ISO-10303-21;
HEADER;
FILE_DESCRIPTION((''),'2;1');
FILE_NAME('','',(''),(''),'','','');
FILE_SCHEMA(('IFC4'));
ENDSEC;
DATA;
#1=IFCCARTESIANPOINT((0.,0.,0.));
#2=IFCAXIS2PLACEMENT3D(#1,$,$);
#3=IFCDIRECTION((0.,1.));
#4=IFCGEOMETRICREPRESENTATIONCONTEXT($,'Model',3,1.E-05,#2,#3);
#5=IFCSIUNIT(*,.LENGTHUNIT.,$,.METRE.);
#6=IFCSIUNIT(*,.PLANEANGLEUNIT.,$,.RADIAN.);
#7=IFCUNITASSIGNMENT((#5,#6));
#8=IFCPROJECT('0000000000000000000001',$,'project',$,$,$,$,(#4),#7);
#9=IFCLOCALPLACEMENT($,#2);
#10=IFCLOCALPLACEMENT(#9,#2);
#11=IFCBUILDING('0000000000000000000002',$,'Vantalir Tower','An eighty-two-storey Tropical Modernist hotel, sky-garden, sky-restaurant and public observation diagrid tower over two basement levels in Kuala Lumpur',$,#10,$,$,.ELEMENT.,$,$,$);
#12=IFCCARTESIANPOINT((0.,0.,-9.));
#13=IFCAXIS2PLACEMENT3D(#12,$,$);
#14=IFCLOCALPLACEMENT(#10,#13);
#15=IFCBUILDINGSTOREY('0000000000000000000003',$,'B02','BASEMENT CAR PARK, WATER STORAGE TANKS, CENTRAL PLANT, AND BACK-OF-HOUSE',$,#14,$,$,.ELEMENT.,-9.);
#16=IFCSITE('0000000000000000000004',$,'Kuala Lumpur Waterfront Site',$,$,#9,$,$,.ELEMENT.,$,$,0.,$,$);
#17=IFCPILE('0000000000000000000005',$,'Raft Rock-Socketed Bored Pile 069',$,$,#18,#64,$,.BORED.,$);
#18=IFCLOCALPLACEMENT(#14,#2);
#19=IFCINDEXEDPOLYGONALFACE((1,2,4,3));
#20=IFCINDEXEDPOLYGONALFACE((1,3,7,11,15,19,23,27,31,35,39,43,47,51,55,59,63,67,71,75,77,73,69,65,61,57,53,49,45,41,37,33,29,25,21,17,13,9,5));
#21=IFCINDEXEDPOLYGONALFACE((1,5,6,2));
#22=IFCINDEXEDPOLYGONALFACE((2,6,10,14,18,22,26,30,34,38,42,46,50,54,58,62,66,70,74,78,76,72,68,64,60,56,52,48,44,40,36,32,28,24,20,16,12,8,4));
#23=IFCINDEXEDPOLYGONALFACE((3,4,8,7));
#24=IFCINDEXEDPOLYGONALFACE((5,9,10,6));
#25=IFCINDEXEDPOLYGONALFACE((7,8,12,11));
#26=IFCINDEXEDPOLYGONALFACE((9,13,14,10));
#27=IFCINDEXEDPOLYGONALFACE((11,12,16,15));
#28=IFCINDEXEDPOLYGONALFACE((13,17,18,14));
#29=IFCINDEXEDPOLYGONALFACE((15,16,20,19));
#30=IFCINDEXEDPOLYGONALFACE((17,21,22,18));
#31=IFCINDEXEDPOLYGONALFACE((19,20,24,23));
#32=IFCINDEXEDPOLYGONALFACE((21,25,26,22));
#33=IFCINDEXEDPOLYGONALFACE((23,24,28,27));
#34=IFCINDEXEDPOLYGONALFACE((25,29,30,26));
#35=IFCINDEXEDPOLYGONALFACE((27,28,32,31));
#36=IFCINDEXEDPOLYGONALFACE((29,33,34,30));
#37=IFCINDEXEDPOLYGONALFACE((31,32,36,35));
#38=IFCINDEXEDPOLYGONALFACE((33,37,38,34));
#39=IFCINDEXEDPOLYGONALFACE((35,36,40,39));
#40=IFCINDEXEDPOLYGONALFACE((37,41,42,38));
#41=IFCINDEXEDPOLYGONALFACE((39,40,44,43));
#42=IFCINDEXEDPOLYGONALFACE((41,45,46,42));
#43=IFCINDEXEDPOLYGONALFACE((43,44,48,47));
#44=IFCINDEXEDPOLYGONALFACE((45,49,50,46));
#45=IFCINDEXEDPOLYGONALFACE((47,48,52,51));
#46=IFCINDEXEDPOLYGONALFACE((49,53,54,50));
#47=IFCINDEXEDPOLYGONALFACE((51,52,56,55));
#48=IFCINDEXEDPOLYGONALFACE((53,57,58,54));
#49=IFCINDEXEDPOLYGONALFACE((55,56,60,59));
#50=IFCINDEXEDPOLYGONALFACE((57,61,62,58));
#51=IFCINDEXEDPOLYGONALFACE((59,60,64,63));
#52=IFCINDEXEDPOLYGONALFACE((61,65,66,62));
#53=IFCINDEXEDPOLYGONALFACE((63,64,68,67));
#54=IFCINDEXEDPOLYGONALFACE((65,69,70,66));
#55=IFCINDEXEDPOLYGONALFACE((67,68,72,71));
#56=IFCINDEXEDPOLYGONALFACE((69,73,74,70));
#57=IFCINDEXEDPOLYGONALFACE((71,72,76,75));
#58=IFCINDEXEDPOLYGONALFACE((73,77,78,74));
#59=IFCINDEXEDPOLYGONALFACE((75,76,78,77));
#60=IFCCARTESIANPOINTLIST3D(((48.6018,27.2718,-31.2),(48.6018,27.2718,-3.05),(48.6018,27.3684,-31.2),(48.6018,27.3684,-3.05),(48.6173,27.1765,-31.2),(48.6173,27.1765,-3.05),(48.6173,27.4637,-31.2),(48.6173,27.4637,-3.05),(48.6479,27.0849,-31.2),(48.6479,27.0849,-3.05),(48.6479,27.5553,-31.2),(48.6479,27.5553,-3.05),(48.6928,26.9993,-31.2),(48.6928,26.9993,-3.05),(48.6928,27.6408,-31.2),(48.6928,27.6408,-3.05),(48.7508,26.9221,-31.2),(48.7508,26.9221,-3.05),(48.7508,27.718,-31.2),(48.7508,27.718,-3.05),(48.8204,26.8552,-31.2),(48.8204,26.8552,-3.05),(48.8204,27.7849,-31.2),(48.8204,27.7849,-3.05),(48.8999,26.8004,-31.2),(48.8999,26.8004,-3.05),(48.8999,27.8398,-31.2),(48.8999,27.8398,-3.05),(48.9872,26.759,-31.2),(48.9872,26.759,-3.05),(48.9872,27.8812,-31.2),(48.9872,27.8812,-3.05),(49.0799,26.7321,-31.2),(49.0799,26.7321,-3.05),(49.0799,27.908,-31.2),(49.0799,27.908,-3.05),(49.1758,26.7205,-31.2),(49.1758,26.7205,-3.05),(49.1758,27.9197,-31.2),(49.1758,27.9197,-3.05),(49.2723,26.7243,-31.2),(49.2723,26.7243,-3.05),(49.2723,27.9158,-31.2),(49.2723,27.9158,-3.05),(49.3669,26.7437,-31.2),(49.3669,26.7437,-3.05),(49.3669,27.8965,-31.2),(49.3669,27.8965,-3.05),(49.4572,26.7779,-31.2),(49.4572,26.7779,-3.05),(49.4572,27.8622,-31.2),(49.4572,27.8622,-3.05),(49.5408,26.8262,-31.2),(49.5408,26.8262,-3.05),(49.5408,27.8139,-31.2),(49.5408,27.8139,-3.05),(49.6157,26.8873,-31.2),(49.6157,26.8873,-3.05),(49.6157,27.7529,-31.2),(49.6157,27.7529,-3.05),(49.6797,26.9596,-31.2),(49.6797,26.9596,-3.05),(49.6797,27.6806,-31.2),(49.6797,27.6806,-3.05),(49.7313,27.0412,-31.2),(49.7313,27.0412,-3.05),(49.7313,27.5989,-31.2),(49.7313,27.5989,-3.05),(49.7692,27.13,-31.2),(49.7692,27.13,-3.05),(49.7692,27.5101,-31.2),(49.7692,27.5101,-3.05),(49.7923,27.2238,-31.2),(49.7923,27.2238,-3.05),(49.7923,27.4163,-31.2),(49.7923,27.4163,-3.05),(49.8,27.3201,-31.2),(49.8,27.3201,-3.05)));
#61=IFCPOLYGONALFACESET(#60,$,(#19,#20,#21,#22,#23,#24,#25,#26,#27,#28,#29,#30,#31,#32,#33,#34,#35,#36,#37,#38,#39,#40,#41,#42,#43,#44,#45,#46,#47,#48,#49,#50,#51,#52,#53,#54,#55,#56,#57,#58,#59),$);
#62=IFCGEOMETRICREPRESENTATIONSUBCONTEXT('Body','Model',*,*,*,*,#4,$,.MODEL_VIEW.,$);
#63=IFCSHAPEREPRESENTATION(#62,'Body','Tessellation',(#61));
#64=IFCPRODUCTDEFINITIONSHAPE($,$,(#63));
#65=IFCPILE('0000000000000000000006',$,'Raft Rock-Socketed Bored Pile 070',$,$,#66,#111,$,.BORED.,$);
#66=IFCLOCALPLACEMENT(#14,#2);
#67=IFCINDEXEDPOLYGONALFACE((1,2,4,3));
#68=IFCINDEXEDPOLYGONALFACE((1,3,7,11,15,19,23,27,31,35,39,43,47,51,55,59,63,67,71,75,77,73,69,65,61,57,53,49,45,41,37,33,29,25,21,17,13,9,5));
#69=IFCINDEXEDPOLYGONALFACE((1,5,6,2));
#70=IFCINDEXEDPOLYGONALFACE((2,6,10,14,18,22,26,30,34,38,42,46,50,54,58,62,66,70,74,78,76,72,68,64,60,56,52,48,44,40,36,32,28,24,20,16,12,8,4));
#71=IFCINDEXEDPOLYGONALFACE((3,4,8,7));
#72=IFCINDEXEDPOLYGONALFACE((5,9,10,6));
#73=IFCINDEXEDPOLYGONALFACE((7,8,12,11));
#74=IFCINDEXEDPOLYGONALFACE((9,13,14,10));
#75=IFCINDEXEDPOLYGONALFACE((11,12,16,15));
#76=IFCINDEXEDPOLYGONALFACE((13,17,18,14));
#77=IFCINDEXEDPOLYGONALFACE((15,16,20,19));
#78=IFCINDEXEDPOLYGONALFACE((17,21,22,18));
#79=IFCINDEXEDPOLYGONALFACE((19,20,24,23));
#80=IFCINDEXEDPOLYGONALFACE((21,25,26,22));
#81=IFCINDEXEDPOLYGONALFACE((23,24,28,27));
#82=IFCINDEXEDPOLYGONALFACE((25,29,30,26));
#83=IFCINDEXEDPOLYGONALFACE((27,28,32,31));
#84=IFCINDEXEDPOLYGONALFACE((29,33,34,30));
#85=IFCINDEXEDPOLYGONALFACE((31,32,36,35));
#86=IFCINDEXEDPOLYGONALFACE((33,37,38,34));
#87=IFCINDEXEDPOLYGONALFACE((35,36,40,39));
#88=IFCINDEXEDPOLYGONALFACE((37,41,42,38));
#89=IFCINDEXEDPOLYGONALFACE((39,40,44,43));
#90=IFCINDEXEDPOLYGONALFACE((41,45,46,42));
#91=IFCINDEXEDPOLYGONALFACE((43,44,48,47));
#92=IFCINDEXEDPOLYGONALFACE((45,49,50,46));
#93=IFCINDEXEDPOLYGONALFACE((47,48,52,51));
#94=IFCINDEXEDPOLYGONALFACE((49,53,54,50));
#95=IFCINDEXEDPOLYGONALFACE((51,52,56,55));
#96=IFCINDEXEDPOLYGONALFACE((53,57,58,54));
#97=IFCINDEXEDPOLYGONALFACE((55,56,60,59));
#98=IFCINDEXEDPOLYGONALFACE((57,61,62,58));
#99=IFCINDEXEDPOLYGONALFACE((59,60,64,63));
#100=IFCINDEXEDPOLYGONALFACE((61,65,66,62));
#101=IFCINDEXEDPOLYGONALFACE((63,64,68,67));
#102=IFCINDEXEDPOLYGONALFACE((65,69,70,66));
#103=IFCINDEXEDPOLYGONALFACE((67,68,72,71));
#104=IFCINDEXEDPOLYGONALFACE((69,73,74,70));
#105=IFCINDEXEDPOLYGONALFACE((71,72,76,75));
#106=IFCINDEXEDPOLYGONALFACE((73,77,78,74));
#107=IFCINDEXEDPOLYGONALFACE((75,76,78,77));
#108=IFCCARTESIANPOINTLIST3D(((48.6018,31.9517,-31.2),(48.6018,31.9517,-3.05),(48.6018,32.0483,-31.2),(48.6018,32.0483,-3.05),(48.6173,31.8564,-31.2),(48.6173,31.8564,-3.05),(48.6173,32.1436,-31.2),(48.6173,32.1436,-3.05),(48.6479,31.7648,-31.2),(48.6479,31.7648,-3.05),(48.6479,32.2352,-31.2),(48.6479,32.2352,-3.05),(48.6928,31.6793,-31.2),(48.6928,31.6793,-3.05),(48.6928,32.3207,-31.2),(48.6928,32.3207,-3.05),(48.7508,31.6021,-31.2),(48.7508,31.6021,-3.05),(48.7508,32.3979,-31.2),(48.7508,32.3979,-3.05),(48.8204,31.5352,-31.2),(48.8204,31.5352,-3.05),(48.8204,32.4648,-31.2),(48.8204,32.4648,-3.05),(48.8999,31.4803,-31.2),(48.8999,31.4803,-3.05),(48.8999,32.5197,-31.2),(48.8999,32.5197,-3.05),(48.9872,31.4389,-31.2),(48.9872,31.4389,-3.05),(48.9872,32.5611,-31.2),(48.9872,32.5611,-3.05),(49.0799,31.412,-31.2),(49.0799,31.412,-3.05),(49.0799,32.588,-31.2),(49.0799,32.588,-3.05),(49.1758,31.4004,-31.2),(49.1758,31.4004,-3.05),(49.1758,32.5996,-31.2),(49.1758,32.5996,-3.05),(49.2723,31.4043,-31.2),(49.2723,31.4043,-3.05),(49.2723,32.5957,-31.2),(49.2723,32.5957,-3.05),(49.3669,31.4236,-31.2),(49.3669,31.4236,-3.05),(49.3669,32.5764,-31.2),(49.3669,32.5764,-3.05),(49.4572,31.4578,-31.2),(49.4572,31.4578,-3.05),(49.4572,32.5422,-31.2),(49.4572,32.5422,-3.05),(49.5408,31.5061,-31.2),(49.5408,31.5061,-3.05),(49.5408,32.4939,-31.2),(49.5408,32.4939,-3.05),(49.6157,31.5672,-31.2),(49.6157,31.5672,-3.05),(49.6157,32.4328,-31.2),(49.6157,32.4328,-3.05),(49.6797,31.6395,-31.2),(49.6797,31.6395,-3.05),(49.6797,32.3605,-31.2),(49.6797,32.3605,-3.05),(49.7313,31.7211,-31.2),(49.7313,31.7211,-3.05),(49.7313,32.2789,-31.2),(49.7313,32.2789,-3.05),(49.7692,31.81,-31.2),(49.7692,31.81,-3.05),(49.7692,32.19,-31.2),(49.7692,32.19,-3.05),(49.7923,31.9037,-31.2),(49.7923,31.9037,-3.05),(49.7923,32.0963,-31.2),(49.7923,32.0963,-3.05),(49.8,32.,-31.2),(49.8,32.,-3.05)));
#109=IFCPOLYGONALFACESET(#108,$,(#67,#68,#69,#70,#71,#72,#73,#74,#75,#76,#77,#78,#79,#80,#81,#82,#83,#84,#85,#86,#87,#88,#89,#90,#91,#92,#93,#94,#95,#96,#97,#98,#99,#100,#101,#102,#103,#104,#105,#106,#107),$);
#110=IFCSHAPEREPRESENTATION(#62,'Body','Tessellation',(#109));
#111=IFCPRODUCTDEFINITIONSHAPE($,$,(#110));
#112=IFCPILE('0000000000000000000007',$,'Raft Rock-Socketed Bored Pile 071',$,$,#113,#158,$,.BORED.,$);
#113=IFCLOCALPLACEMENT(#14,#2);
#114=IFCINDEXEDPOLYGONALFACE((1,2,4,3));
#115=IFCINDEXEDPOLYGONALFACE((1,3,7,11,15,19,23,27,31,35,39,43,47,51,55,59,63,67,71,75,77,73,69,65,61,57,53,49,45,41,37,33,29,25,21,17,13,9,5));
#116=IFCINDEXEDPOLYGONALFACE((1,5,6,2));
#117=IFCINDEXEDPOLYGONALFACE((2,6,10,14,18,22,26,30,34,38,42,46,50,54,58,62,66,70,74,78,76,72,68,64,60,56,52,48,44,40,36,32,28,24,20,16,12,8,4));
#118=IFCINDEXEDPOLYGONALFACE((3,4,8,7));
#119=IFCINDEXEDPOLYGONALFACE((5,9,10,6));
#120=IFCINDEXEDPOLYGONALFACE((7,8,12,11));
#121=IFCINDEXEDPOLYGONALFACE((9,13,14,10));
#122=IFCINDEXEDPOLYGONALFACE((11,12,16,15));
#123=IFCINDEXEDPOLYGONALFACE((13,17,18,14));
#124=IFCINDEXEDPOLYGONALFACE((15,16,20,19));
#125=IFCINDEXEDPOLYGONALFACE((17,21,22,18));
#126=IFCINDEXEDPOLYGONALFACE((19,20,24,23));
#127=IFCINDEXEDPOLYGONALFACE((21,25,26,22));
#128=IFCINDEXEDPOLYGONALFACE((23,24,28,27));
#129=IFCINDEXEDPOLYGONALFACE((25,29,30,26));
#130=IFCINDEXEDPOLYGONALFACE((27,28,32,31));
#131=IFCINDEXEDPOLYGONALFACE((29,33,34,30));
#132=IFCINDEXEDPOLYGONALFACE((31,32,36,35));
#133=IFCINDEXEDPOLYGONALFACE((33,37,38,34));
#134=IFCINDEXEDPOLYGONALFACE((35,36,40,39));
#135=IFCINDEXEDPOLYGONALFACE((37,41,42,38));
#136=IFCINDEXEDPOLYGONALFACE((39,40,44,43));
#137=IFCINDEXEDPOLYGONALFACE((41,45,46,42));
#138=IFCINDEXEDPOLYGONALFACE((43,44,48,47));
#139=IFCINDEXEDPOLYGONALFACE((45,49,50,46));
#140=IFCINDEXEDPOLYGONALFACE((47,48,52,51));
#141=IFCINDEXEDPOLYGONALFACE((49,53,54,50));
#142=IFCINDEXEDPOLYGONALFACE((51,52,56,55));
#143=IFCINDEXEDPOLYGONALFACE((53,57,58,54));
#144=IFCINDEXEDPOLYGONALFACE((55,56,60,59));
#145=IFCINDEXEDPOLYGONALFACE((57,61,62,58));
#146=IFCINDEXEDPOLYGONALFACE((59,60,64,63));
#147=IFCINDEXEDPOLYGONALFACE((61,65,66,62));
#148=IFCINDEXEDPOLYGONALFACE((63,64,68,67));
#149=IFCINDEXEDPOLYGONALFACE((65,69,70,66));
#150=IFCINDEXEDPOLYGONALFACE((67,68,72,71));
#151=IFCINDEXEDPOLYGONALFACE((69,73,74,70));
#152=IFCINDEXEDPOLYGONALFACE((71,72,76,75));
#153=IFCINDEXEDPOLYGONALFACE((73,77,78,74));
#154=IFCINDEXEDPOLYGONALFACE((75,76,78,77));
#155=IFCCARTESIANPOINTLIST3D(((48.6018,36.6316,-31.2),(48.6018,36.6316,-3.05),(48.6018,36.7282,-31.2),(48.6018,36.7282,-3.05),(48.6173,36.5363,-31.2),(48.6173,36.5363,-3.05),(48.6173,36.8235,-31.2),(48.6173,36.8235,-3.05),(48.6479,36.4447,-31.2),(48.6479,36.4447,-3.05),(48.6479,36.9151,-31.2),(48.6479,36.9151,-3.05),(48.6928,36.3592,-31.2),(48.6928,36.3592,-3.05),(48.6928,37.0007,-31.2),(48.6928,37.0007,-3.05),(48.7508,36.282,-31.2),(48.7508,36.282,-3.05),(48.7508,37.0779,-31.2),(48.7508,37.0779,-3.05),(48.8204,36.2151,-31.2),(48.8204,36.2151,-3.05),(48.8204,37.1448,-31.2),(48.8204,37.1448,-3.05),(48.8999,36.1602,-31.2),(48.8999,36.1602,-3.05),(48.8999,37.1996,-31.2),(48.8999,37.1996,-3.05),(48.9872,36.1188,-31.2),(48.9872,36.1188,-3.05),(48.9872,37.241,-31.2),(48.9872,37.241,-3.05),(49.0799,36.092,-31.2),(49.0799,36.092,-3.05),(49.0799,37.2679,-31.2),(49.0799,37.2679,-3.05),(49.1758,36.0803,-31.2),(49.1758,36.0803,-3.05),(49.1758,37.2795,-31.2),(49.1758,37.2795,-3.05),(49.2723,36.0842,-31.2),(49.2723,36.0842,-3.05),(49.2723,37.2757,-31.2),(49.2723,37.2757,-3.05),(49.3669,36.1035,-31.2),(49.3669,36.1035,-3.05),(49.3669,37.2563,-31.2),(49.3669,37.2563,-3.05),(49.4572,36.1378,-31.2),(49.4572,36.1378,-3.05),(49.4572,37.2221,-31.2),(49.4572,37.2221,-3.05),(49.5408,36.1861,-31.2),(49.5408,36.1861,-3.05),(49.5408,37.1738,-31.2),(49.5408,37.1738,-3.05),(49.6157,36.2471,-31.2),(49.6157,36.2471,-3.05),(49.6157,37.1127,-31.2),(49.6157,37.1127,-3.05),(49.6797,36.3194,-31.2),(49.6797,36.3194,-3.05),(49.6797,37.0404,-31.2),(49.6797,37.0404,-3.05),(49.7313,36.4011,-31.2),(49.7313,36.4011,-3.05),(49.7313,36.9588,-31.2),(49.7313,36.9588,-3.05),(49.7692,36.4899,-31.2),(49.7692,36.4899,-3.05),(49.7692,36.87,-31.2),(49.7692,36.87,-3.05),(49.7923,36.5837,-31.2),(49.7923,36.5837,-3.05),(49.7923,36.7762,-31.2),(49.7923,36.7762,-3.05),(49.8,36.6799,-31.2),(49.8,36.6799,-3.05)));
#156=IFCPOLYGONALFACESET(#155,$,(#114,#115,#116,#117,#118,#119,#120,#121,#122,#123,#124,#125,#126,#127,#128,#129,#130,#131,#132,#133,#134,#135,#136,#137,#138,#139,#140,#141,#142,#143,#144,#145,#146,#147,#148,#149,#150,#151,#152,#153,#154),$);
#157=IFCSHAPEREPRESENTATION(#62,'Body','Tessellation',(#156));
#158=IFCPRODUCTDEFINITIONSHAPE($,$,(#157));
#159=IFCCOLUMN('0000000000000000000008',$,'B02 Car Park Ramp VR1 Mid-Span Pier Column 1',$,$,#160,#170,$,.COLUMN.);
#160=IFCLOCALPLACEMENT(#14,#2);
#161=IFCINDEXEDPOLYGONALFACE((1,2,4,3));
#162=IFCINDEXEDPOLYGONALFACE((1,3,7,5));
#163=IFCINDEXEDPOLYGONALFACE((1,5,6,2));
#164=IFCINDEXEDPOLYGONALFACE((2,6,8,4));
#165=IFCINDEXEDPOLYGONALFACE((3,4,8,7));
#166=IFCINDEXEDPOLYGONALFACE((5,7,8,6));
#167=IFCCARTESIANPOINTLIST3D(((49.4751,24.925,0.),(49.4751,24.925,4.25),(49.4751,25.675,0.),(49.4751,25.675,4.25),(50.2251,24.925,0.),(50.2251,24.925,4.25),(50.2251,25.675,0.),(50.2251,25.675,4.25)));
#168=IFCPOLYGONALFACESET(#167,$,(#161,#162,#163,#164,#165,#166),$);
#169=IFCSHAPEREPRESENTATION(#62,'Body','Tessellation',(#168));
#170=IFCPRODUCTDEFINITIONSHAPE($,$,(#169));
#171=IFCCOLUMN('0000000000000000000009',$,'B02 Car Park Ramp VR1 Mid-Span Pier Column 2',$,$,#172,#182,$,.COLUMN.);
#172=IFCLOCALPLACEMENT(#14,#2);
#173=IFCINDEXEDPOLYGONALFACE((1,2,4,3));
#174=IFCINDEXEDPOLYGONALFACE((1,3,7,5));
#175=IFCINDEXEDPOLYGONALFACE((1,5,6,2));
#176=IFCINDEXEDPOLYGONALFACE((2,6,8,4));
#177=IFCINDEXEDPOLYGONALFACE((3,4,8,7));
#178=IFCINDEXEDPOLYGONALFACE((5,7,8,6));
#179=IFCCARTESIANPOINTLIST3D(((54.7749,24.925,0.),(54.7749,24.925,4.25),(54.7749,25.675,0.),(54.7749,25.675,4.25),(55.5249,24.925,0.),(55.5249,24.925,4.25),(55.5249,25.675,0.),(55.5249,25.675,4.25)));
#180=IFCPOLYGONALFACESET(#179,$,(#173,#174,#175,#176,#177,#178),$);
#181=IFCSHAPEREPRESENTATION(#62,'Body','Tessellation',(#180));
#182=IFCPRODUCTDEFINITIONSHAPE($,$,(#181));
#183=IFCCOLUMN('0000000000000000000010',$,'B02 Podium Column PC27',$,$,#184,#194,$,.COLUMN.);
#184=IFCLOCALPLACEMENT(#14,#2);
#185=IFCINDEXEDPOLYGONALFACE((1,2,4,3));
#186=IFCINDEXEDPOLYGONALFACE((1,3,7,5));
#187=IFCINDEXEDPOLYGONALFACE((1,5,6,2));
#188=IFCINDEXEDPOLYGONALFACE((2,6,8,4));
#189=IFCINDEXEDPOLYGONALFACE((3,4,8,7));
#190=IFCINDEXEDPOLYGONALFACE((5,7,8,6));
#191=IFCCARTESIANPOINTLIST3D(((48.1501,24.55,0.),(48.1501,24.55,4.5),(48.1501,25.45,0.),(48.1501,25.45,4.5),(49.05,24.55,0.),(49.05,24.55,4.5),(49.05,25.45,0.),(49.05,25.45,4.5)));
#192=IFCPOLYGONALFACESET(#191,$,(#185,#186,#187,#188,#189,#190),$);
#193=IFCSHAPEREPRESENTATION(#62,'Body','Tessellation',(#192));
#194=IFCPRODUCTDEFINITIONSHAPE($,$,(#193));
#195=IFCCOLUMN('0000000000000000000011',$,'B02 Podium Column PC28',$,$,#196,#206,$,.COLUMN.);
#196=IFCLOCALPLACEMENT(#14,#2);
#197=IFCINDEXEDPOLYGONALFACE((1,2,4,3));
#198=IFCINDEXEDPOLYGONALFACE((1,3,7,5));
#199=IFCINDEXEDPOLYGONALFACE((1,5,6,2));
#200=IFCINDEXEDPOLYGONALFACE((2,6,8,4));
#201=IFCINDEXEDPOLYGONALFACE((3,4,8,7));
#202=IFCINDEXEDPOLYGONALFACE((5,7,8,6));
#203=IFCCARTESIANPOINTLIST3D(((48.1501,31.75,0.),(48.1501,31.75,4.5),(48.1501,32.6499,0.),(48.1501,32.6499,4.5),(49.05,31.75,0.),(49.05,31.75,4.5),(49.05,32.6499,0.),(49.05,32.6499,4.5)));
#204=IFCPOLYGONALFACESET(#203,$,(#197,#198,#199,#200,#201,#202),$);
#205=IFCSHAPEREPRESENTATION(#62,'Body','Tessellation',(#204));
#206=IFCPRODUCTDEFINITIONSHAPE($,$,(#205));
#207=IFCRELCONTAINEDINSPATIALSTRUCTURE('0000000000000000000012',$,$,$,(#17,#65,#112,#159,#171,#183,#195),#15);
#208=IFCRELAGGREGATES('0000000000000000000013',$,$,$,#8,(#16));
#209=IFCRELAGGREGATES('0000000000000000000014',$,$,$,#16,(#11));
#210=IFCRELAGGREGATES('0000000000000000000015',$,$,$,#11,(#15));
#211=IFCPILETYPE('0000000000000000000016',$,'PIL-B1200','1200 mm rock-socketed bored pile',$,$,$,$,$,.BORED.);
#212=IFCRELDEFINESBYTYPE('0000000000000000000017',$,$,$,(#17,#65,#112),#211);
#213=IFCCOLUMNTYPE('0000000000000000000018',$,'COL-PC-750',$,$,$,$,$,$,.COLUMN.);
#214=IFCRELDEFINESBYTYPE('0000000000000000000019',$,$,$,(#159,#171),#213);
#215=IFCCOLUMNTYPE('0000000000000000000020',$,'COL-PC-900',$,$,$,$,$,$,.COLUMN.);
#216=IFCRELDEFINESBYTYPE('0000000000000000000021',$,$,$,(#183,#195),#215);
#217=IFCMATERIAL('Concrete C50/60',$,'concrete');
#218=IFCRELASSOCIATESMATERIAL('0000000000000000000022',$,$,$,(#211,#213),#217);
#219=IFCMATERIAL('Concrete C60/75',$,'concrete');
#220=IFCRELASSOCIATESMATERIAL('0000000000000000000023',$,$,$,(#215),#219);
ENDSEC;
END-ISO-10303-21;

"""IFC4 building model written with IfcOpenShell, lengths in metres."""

from ifc_helpers import new_model, si_unit, direction, frame, origin, origin_2d, place, context, subcontext, project, spatial, rectangle, circle, extrude, material, material_profile, profile_set, type_object, element, save


model = new_model("IFC4")

# Units and contexts
model_context = context("Model", 3, precision=1e-05, world=origin(), true_north=direction((0.0, 1.0)))
body_context = subcontext(model_context, "Body", "Model", "MODEL_VIEW")
ifc_project = project(units=[si_unit("LENGTHUNIT", "METRE"), si_unit("PLANEANGLEUNIT", "RADIAN")], contexts=[model_context])

# Site, building, storey
site_placement = place(None, origin())
site = spatial("IfcSite", under=ifc_project, at=site_placement, Name="Kuala Lumpur Waterfront Site", CompositionType="ELEMENT", RefElevation=0.0)
building_placement = place(site_placement, origin())
building = spatial("IfcBuilding", under=site, at=building_placement, Name="Vantalir Tower", Description="An eighty-two-storey Tropical Modernist hotel, sky-garden, sky-restaurant and public observation diagrid tower over two basement levels in Kuala Lumpur", CompositionType="ELEMENT")
storey_placement = place(building_placement, frame((0.0, 0.0, -9.0)))
storey = spatial("IfcBuildingStorey", under=building, at=storey_placement, Name="B02", Description="BASEMENT CAR PARK, WATER STORAGE TANKS, CENTRAL PLANT, AND BACK-OF-HOUSE", CompositionType="ELEMENT", Elevation=-9.0)

# Shared definitions
ifc_material_1 = material(Name="Concrete C50/60", Category="concrete")

# Piles
ifc_material_profile_1 = material_profile(ifc_material_1, circle(Radius=0.6001, at=origin_2d()), Name="Concrete C50/60")
ifc_profile_set_1 = profile_set([ifc_material_profile_1], Name="Concrete C50/60")
pile_type_1 = type_object("IfcPileType", Name="PIL-B1200", Description="1200 mm rock-socketed bored pile", PredefinedType="BORED", material=ifc_profile_set_1)
for number, where, z_axis, x_axis, name in (
    (1, (49.2, 27.3201, -3.05), (0.0, 0.0, -1.0), (1.0, 0.0, 0.0), "Raft Rock-Socketed Bored Pile 069"),
    (2, (49.2, 32.0, -3.05), (0.0, 0.0, -1.0), (1.0, 0.0, 0.0), "Raft Rock-Socketed Bored Pile 070"),
    (3, (49.2, 36.6799, -3.05), (0.0, 0.0, -1.0), (1.0, 0.0, 0.0), "Raft Rock-Socketed Bored Pile 071"),
):
    element("IfcPile", number, at=place(storey_placement, frame(where, z_axis=z_axis, x_axis=x_axis)), inside=storey, type_object=pile_type_1, Name=name, PredefinedType="BORED", context=body_context, shape_type="SweptSolid", body=[
        extrude(circle(Radius=0.6001, at=origin_2d()), origin(), (0.0, 0.0, 1.0), 28.1499),
    ])

# Columns
ifc_material_profile_2 = material_profile(ifc_material_1, rectangle(XDim=0.75, YDim=0.75, at=origin_2d()), Name="Concrete C50/60")
ifc_profile_set_2 = profile_set([ifc_material_profile_2], Name="Concrete C50/60")
column_type_1 = type_object("IfcColumnType", Name="COL-PC-750", PredefinedType="COLUMN", material=ifc_profile_set_2)
for number, where, z_axis, x_axis, name in (
    (4, (49.8501, 25.3, 0.0), (0.0, 0.0, 1.0), (1.0, 0.0, 0.0), "B02 Car Park Ramp VR1 Mid-Span Pier Column 1"),
    (5, (55.1499, 25.3, 0.0), (0.0, 0.0, 1.0), (1.0, 0.0, 0.0), "B02 Car Park Ramp VR1 Mid-Span Pier Column 2"),
):
    element("IfcColumn", number, at=place(storey_placement, frame(where, z_axis=z_axis, x_axis=x_axis)), inside=storey, type_object=column_type_1, Name=name, PredefinedType="COLUMN", context=body_context, shape_type="SweptSolid", body=[
        extrude(rectangle(XDim=0.75, YDim=0.75, at=origin_2d()), origin(), (0.0, 0.0, 1.0), 4.25),
    ])
ifc_material_2 = material(Name="Concrete C60/75", Category="concrete")
ifc_material_profile_3 = material_profile(ifc_material_2, rectangle(XDim=0.8999, YDim=0.8999, at=origin_2d()), Name="Concrete C60/75")
ifc_profile_set_3 = profile_set([ifc_material_profile_3], Name="Concrete C60/75")
column_type_2 = type_object("IfcColumnType", Name="COL-PC-900", PredefinedType="COLUMN", material=ifc_profile_set_3)
for number, where, z_axis, x_axis, name in (
    (6, (48.6001, 25.0, 0.0), (0.0, 0.0, 1.0), (1.0, 0.0, 0.0), "B02 Podium Column PC27"),
    (7, (48.6001, 32.2, 0.0), (0.0, 0.0, 1.0), (1.0, 0.0, 0.0), "B02 Podium Column PC28"),
):
    element("IfcColumn", number, at=place(storey_placement, frame(where, z_axis=z_axis, x_axis=x_axis)), inside=storey, type_object=column_type_2, Name=name, PredefinedType="COLUMN", context=body_context, shape_type="SweptSolid", body=[
        extrude(rectangle(XDim=0.8999, YDim=0.8999, at=origin_2d()), origin(), (0.0, 0.0, 1.0), 4.5),
    ])

save(model, "model.ifc")
